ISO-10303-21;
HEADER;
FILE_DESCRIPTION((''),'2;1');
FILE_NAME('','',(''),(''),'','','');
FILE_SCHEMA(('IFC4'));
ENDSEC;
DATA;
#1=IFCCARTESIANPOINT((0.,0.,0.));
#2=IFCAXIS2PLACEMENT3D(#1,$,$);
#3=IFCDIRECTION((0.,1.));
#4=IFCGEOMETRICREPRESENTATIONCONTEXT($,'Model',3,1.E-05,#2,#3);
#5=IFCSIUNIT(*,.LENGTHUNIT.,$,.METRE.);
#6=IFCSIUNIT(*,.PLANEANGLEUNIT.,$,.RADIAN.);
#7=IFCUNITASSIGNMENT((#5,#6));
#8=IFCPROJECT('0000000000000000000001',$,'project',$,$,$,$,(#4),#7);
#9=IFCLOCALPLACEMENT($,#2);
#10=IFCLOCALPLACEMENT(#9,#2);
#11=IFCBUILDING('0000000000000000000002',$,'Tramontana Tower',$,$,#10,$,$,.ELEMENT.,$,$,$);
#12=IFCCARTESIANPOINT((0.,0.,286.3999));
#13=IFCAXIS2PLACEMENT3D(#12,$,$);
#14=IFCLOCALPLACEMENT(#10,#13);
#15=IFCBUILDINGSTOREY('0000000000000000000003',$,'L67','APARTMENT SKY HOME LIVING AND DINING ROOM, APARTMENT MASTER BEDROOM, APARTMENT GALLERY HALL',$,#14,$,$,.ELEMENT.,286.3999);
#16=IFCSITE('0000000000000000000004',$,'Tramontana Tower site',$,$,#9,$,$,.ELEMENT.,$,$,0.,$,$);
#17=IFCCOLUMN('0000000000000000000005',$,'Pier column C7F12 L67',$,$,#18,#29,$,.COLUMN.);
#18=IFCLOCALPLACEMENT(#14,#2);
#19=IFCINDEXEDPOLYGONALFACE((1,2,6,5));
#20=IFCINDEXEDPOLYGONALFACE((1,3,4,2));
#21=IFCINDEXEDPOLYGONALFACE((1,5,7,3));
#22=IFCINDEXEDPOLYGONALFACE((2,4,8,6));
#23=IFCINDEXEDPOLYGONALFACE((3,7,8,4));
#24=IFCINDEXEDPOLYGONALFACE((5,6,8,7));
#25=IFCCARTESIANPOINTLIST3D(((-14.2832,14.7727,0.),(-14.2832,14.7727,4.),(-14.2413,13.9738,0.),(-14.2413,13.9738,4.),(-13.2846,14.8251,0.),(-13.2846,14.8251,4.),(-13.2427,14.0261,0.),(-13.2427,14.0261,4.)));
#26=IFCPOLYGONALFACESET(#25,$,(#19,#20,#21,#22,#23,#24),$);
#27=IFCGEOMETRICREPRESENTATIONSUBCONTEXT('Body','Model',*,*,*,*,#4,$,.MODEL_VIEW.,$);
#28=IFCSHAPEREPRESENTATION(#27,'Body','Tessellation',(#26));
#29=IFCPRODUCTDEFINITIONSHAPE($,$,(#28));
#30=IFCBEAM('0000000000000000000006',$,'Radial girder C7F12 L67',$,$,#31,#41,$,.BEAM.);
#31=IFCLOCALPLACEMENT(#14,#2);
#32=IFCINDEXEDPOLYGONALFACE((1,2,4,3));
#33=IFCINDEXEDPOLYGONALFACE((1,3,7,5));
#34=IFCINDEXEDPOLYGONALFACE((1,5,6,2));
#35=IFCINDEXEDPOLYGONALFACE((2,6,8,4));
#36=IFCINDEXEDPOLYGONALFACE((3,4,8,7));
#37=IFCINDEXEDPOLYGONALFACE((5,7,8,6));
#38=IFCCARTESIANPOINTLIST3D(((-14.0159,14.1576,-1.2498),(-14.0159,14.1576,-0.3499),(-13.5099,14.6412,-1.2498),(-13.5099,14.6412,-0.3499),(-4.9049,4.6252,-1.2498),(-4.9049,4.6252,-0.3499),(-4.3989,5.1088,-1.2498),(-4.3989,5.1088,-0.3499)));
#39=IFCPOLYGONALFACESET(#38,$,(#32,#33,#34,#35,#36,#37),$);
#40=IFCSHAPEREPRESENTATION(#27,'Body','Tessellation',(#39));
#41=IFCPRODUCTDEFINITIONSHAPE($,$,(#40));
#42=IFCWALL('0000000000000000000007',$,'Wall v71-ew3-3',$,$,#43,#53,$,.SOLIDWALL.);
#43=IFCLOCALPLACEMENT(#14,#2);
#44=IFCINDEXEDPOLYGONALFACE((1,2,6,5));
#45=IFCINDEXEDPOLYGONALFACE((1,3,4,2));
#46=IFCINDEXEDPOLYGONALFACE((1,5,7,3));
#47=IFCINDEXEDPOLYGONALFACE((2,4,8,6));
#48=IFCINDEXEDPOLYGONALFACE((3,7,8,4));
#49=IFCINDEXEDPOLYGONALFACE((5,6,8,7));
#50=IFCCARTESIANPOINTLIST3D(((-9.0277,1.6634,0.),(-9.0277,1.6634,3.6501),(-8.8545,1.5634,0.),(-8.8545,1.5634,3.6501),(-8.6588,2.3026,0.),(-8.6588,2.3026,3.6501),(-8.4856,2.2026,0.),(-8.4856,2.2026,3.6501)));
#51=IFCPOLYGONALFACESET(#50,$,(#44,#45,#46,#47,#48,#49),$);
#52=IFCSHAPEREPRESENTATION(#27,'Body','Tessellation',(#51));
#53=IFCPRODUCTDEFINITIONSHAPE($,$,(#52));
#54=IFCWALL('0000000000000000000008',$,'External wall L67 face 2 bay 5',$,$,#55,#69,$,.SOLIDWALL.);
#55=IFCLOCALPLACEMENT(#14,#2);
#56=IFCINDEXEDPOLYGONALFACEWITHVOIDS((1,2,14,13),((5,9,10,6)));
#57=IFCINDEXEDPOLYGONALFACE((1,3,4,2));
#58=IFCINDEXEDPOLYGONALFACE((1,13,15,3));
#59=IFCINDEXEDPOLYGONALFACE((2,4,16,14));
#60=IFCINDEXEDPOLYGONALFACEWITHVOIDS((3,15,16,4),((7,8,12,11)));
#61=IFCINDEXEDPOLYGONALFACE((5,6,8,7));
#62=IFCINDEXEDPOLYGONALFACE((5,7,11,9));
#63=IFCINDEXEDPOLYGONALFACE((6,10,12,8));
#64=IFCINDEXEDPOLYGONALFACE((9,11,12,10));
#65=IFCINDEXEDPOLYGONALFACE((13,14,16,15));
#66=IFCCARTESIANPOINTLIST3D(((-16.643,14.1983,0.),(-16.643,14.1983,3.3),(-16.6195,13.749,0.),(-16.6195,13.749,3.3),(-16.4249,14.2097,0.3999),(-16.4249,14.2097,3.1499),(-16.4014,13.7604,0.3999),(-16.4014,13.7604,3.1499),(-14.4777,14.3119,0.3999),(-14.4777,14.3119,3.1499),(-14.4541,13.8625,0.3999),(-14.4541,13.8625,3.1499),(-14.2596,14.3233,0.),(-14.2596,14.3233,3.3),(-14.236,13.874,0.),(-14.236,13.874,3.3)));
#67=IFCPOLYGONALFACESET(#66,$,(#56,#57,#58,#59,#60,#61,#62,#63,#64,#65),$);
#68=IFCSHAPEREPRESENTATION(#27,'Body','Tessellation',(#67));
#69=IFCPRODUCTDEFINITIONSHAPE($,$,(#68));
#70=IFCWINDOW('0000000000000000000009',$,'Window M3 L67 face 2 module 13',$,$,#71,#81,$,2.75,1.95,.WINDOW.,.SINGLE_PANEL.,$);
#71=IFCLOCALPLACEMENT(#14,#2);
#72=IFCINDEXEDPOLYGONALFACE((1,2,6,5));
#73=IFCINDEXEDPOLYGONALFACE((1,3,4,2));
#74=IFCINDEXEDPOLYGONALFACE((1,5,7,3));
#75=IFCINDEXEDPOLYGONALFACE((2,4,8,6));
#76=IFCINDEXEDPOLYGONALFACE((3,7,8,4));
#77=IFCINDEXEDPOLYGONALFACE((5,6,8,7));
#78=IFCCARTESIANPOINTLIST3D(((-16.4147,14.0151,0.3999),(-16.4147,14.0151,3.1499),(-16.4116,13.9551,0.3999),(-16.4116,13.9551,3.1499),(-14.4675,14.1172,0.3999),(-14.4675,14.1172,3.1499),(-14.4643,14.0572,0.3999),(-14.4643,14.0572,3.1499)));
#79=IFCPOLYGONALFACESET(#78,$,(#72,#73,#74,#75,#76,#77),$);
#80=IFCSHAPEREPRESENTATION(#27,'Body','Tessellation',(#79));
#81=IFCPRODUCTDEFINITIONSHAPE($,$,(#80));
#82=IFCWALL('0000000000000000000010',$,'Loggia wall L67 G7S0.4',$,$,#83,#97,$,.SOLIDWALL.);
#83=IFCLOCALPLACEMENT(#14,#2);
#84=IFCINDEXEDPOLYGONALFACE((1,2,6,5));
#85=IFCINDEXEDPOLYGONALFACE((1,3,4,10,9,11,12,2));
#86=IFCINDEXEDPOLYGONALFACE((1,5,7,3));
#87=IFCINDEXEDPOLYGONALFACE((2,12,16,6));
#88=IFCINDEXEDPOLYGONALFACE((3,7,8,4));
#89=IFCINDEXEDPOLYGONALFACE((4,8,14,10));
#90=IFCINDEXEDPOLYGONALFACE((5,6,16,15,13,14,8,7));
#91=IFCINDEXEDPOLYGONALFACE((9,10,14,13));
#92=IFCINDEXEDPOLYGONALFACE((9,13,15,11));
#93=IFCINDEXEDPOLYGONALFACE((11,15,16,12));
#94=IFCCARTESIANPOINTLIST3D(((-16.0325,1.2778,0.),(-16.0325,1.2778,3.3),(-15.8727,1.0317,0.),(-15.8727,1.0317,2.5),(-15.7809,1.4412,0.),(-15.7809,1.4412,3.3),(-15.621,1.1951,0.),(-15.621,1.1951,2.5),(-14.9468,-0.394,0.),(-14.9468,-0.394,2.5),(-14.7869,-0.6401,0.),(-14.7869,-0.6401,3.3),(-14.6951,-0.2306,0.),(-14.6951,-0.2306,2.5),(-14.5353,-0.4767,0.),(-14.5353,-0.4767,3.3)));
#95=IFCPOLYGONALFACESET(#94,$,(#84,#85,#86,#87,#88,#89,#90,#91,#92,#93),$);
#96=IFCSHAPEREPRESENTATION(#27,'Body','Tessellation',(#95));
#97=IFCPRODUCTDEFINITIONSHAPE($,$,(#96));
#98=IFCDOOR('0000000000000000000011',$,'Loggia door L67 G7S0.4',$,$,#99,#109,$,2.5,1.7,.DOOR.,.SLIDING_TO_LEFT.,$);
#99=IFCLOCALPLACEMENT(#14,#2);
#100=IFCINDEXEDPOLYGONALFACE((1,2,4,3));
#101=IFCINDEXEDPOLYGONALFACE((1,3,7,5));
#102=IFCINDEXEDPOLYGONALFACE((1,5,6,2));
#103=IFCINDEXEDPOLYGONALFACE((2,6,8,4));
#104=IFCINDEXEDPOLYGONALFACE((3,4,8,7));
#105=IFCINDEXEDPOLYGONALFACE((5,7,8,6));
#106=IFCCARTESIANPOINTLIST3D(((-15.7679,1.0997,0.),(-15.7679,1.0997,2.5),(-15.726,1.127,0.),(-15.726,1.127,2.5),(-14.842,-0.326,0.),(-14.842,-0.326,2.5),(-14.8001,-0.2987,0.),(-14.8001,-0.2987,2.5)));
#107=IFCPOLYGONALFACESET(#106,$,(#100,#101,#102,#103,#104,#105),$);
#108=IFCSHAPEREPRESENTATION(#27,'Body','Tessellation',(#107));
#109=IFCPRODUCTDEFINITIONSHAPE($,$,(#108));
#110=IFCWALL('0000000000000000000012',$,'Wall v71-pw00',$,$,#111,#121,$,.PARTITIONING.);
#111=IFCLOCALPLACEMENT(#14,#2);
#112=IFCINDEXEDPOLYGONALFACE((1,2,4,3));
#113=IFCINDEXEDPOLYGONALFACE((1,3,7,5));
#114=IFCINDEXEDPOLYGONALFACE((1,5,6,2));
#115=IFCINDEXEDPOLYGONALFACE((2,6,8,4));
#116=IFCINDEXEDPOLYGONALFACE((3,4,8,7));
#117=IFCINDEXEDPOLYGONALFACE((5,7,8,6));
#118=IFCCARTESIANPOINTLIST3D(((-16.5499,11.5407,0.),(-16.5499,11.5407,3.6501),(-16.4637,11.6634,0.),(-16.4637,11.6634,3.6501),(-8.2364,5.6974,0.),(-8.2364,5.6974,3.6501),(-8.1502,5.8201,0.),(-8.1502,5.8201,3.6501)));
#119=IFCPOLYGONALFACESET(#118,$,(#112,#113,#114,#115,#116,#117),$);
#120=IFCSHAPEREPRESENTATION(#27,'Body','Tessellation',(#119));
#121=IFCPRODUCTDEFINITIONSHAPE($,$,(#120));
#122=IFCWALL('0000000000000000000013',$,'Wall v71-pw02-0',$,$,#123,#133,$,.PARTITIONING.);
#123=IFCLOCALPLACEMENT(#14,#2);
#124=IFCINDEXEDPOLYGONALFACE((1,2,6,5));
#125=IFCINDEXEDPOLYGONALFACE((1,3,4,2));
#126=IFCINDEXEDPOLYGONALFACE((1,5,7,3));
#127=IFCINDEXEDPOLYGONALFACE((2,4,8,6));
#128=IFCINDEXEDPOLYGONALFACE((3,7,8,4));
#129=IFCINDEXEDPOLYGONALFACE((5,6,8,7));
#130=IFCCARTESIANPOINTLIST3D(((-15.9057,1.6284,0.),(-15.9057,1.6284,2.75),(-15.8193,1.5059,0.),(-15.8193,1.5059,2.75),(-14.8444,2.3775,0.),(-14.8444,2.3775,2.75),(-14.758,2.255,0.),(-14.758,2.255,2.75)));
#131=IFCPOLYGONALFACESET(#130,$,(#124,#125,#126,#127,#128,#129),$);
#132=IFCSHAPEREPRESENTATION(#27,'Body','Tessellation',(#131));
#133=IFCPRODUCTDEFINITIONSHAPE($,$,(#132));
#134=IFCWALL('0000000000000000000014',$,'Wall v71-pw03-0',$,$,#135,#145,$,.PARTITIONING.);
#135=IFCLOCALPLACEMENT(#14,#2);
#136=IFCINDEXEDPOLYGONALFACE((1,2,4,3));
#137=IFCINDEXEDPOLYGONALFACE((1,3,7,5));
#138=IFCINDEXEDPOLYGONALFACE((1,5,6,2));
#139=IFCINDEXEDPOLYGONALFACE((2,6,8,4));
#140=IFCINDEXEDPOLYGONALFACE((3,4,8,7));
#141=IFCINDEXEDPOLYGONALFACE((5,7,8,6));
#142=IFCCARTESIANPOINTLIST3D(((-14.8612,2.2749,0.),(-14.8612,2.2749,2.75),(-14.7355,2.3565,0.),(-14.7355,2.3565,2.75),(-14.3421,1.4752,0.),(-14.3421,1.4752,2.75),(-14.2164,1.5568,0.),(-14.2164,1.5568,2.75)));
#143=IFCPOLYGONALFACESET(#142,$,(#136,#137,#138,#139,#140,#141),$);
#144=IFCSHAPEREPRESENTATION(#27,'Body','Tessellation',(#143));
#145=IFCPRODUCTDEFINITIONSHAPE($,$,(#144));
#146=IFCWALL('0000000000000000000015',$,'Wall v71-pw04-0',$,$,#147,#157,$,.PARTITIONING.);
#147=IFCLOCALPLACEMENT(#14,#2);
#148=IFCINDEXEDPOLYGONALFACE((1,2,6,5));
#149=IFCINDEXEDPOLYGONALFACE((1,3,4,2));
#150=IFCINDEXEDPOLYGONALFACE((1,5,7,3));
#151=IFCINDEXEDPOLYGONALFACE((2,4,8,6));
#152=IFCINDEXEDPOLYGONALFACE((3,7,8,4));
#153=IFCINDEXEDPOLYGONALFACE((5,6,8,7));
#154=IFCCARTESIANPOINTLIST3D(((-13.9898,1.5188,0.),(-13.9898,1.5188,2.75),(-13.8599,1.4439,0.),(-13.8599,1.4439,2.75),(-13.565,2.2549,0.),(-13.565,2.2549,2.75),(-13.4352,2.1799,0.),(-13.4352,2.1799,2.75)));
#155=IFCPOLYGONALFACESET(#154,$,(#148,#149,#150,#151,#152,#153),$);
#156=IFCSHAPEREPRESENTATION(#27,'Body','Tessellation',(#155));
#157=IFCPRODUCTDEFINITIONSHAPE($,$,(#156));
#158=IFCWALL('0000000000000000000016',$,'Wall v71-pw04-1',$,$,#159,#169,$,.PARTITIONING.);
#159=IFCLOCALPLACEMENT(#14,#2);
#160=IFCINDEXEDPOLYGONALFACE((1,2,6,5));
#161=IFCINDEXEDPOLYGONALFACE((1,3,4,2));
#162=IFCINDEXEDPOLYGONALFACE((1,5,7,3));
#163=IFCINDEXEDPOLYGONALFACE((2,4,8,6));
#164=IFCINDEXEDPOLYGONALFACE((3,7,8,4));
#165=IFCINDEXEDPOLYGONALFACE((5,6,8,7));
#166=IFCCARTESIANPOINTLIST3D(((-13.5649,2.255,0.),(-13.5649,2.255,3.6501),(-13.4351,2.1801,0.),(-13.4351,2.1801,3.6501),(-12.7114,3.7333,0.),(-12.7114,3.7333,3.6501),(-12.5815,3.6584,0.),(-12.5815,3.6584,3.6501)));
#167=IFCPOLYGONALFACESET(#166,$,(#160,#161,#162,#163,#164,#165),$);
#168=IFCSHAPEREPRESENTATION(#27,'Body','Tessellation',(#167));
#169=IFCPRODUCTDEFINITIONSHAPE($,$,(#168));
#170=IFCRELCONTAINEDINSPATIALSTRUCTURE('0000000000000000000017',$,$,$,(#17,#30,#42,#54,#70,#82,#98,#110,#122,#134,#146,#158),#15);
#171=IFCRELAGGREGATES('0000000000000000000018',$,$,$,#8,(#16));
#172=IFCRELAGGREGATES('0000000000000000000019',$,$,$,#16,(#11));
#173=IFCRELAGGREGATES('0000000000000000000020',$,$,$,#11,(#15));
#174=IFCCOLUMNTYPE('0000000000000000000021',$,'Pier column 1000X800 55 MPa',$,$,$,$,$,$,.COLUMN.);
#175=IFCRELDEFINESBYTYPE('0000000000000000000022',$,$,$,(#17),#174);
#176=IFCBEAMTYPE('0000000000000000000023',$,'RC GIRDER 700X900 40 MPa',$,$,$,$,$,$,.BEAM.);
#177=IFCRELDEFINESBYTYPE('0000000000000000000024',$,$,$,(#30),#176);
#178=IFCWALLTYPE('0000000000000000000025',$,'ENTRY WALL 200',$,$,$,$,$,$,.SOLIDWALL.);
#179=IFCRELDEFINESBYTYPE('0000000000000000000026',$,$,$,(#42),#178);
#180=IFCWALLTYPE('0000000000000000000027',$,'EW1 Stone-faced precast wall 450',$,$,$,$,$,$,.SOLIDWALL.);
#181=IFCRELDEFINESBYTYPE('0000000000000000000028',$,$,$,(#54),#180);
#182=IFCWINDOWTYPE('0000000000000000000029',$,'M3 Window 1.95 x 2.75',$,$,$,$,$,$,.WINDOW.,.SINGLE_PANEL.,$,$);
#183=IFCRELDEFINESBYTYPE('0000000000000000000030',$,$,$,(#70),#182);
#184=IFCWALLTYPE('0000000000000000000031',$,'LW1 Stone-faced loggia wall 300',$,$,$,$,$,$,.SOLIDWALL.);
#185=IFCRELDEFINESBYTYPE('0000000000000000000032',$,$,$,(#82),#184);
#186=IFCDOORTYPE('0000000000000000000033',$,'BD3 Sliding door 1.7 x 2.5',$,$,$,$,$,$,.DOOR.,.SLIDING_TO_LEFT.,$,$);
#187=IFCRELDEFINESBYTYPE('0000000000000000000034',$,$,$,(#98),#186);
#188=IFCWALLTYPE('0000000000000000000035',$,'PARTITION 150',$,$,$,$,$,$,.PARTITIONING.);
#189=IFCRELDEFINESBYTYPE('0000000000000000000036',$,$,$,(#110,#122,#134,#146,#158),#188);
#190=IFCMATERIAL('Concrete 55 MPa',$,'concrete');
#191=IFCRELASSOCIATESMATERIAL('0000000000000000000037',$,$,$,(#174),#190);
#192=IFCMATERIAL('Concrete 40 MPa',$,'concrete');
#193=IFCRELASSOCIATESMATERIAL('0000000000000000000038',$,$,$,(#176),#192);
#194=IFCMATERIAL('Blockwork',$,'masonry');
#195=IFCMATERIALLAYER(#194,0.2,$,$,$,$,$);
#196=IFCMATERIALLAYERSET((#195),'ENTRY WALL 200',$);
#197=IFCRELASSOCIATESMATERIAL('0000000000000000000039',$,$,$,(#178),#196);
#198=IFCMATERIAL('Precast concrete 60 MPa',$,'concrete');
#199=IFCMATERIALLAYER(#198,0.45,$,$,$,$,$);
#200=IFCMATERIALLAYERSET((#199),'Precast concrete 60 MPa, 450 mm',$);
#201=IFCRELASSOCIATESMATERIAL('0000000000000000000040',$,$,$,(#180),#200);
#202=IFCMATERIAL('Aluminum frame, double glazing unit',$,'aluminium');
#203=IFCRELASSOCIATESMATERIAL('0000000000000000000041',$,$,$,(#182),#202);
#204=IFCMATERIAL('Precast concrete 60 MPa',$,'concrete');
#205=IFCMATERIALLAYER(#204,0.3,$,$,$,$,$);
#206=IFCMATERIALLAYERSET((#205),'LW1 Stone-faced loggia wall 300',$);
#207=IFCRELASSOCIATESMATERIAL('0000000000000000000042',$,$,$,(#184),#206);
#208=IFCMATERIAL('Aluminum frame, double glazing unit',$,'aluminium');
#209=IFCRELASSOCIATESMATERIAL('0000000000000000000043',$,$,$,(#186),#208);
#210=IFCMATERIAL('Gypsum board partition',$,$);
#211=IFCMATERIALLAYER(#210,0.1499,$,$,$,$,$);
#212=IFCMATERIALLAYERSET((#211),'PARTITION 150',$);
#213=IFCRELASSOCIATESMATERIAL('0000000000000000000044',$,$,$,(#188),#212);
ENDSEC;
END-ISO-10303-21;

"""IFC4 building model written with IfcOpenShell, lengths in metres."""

from ifc_helpers import new_model, si_unit, direction, frame, frame_2d, origin, origin_2d, place, context, subcontext, project, spatial, rectangle, extrude, material, layer, layer_set, material_profile, profile_set, type_object, element, fill, save


model = new_model("IFC4")

# Units and contexts
model_context = context("Model", 3, precision=1e-05, world=origin(), true_north=direction((0.0, 1.0)))
body_context = subcontext(model_context, "Body", "Model", "MODEL_VIEW")
ifc_project = project(units=[si_unit("LENGTHUNIT", "METRE"), si_unit("PLANEANGLEUNIT", "RADIAN")], contexts=[model_context])

# Site, building, storey
site_placement = place(None, origin())
site = spatial("IfcSite", under=ifc_project, at=site_placement, Name="Tramontana Tower site", CompositionType="ELEMENT", RefElevation=0.0)
building_placement = place(site_placement, origin())
building = spatial("IfcBuilding", under=site, at=building_placement, Name="Tramontana Tower", CompositionType="ELEMENT")
storey_placement = place(building_placement, frame((0.0, 0.0, 286.3999)))
storey = spatial("IfcBuildingStorey", under=building, at=storey_placement, Name="L67", Description="APARTMENT SKY HOME LIVING AND DINING ROOM, APARTMENT MASTER BEDROOM, APARTMENT GALLERY HALL", CompositionType="ELEMENT", Elevation=286.3999)

# Column
ifc_material_1 = material(Name="Concrete 55 MPa", Category="concrete")
ifc_material_profile_1 = material_profile(ifc_material_1, rectangle(XDim=1.0, YDim=0.8, at=origin_2d()), Name="Pier column 1000X800 55 MPa")
ifc_profile_set_1 = profile_set([ifc_material_profile_1], Name="Concrete 55 MPa")
column_type = type_object("IfcColumnType", Name="Pier column 1000X800 55 MPa", PredefinedType="COLUMN", material=ifc_profile_set_1)
column_placement = place(storey_placement, frame((-13.7629, 14.3994, 0.0), z_axis=(0.0, 0.0, 1.0), x_axis=(-0.99863, -0.052336, 0.0)))
element("IfcColumn", 1, at=column_placement, inside=storey, type_object=column_type, Name="Pier column C7F12 L67", PredefinedType="COLUMN", context=body_context, shape_type="SweptSolid", body=[
    extrude(rectangle(XDim=1.0, YDim=0.8, at=origin_2d()), origin(), (0.0, 0.0, 1.0), 4.0),
])

# Beam
ifc_material_2 = material(Name="Concrete 40 MPa", Category="concrete")
ifc_material_profile_2 = material_profile(ifc_material_2, rectangle(XDim=0.7, YDim=0.8999, at=origin_2d()), Name="RC GIRDER 700X900 40 MPa")
ifc_profile_set_2 = profile_set([ifc_material_profile_2], Name="Concrete 40 MPa")
beam_type = type_object("IfcBeamType", Name="RC GIRDER 700X900 40 MPa", PredefinedType="BEAM", material=ifc_profile_set_2)
beam_placement = place(storey_placement, frame((-13.7629, 14.3994, -0.7998), z_axis=(0.690948, -0.722904, 0.0), x_axis=(0.722904, 0.690948, 0.0)))
element("IfcBeam", 2, at=beam_placement, inside=storey, type_object=beam_type, Name="Radial girder C7F12 L67", PredefinedType="BEAM", context=body_context, shape_type="SweptSolid", body=[
    extrude(rectangle(XDim=0.7, YDim=0.8999, at=origin_2d()), origin(), (0.0, 0.0, 1.0), 13.1863),
])

# Wall
ifc_material_3 = material(Name="Blockwork", Category="masonry")
ifc_layer_1 = layer(ifc_material_3, 0.2)
ifc_layer_set_1 = layer_set([ifc_layer_1], Name="ENTRY WALL 200")
wall_type_1 = type_object("IfcWallType", Name="ENTRY WALL 200", PredefinedType="SOLIDWALL", material=ifc_layer_set_1)
wall_1_placement = place(storey_placement, frame((-8.9412, 1.6133, 0.0), z_axis=(0.0, 0.0, 1.0), x_axis=(0.499875, 0.866097, 0.0)))
element("IfcWall", 3, at=wall_1_placement, inside=storey, type_object=wall_type_1, Name="Wall v71-ew3-3", PredefinedType="SOLIDWALL", context=body_context, shape_type="SweptSolid", body=[
    extrude(rectangle(XDim=0.738, YDim=0.2, at=frame_2d((0.3691, 0.0))), origin(), (0.0, 0.0, 1.0), 3.6501),
])

# Wall, opening, window
ifc_material_4 = material(Name="Precast concrete 60 MPa", Category="concrete")
ifc_layer_2 = layer(ifc_material_4, 0.45)
ifc_layer_set_2 = layer_set([ifc_layer_2], Name="Precast concrete 60 MPa, 450 mm")
wall_type_2 = type_object("IfcWallType", Name="EW1 Stone-faced precast wall 450", PredefinedType="SOLIDWALL", material=ifc_layer_set_2)
wall_2_placement = place(storey_placement, frame((-14.2478, 14.0986, 0.0), z_axis=(0.0, 0.0, 1.0), x_axis=(-0.998628, -0.052371, 0.0)))
wall_2 = element("IfcWall", 4, at=wall_2_placement, inside=storey, type_object=wall_type_2, Name="External wall L67 face 2 bay 5", PredefinedType="SOLIDWALL", context=body_context, shape_type="SweptSolid", body=[
    extrude(rectangle(XDim=2.3867, YDim=0.45, at=frame_2d((1.1934, 0.0))), origin(), (0.0, 0.0, 1.0), 3.3),
])
opening_1_placement = place(wall_2_placement, frame((0.2183, 0.0, 0.3999)))
opening_1 = element("IfcOpeningElement", 5, at=opening_1_placement, cuts=wall_2, PredefinedType="OPENING", context=body_context, shape_type="SweptSolid", body=[
    extrude(rectangle(XDim=1.95, YDim=2.75, at=frame_2d((0.9751, 1.375))), frame((0.0, 0.2349, 0.0), z_axis=(0.0, -1.0, 0.0), x_axis=(1.0, 0.0, 0.0)), (0.0, 0.0, 1.0), 0.47),
])
ifc_material_5 = material(Name="Aluminum frame, double glazing unit", Category="aluminium")
window_type = type_object("IfcWindowType", Name="M3 Window 1.95 x 2.75", PartitioningType="SINGLE_PANEL", PredefinedType="WINDOW", material=ifc_material_5)
window_placement = place(opening_1_placement, origin())
window = element("IfcWindow", 6, at=window_placement, inside=storey, type_object=window_type, Name="Window M3 L67 face 2 module 13", OverallHeight=2.75, OverallWidth=1.95, PartitioningType="SINGLE_PANEL", PredefinedType="WINDOW", context=body_context, shape_type="SweptSolid", body=[
    extrude(rectangle(XDim=1.95, YDim=2.75, at=frame_2d((0.9751, 1.375))), frame((0.0, 0.03, 0.0), z_axis=(0.0, -1.0, 0.0), x_axis=(1.0, 0.0, 0.0)), (0.0, 0.0, 1.0), 0.0601),
])
fill(opening_1, window)

# Wall, opening, door
ifc_material_6 = material(Name="Precast concrete 60 MPa", Category="concrete")
ifc_layer_3 = layer(ifc_material_6, 0.3)
ifc_layer_set_3 = layer_set([ifc_layer_3], Name="LW1 Stone-faced loggia wall 300")
wall_type_3 = type_object("IfcWallType", Name="LW1 Stone-faced loggia wall 300", PredefinedType="SOLIDWALL", material=ifc_layer_set_3)
wall_3_placement = place(storey_placement, frame((-15.9067, 1.3596, 0.0), z_axis=(0.0, 0.0, 1.0), x_axis=(0.544658, -0.838658, 0.0)))
wall_3 = element("IfcWall", 7, at=wall_3_placement, inside=storey, type_object=wall_type_3, Name="Loggia wall L67 G7S0.4", PredefinedType="SOLIDWALL", context=body_context, shape_type="SweptSolid", body=[
    extrude(rectangle(XDim=2.2869, YDim=0.3, at=frame_2d((1.1436, 0.0))), origin(), (0.0, 0.0, 1.0), 3.3),
])
opening_2_placement = place(wall_3_placement, frame((0.2935, 0.0, 0.0)))
opening_2 = element("IfcOpeningElement", 8, at=opening_2_placement, cuts=wall_3, PredefinedType="OPENING", context=body_context, shape_type="SweptSolid", body=[
    extrude(rectangle(XDim=1.7, YDim=2.5, at=frame_2d((0.8501, 1.25))), frame((0.0, 0.1599, 0.0), z_axis=(0.0, -1.0, 0.0), x_axis=(1.0, 0.0, 0.0)), (0.0, 0.0, 1.0), 0.3201),
])
ifc_material_7 = material(Name="Aluminum frame, double glazing unit", Category="aluminium")
door_type_1 = type_object("IfcDoorType", Name="BD3 Sliding door 1.7 x 2.5", OperationType="SLIDING_TO_LEFT", PredefinedType="DOOR", material=ifc_material_7)
door_1_placement = place(opening_2_placement, origin())
door_1 = element("IfcDoor", 9, at=door_1_placement, inside=storey, type_object=door_type_1, Name="Loggia door L67 G7S0.4", OperationType="SLIDING_TO_LEFT", OverallHeight=2.5, OverallWidth=1.7, PredefinedType="DOOR", context=body_context, shape_type="SweptSolid", body=[
    extrude(rectangle(XDim=1.7, YDim=2.5, at=frame_2d((0.8501, 1.25))), frame((0.0, 0.0249, 0.0), z_axis=(0.0, -1.0, 0.0), x_axis=(1.0, 0.0, 0.0)), (0.0, 0.0, 1.0), 0.05),
])
fill(opening_2, door_1)

# Walls
ifc_material_8 = material(Name="Gypsum board partition")
ifc_layer_4 = layer(ifc_material_8, 0.1499)
ifc_layer_set_4 = layer_set([ifc_layer_4], Name="PARTITION 150")
wall_type_4 = type_object("IfcWallType", Name="PARTITION 150", PredefinedType="PARTITIONING", material=ifc_layer_set_4)
wall_4_placement = place(storey_placement, frame((-16.5068, 11.6021, 0.0), z_axis=(0.0, 0.0, 1.0), x_axis=(0.818129, -0.575035, 0.0)))
element("IfcWall", 10, at=wall_4_placement, inside=storey, type_object=wall_type_4, Name="Wall v71-pw00", PredefinedType="PARTITIONING", context=body_context, shape_type="SweptSolid", body=[
    extrude(rectangle(XDim=10.1616, YDim=0.1499, at=frame_2d((5.0808, 0.0))), origin(), (0.0, 0.0, 1.0), 3.6501),
])
wall_5_placement = place(storey_placement, frame((-14.8013, 2.3162, 0.0), z_axis=(0.0, 0.0, 1.0), x_axis=(-0.81701, -0.576624, 0.0)))
element("IfcWall", 11, at=wall_5_placement, inside=storey, type_object=wall_type_4, Name="Wall v71-pw02-0", PredefinedType="PARTITIONING", context=body_context, shape_type="SweptSolid", body=[
    extrude(rectangle(XDim=1.2991, YDim=0.1499, at=frame_2d((0.6494, 0.0))), origin(), (0.0, 0.0, 1.0), 2.75),
])
wall_6_placement = place(storey_placement, frame((-14.2793, 1.5161, 0.0), z_axis=(0.0, 0.0, 1.0), x_axis=(-0.544493, 0.838765, 0.0)))
element("IfcWall", 12, at=wall_6_placement, inside=storey, type_object=wall_type_4, Name="Wall v71-pw03-0", PredefinedType="PARTITIONING", context=body_context, shape_type="SweptSolid", body=[
    extrude(rectangle(XDim=0.9534, YDim=0.1499, at=frame_2d((0.4766, 0.0))), origin(), (0.0, 0.0, 1.0), 2.75),
])
wall_7_placement = place(storey_placement, frame((-13.9248, 1.4814, 0.0), z_axis=(0.0, 0.0, 1.0), x_axis=(0.499847, 0.866114, 0.0)))
element("IfcWall", 13, at=wall_7_placement, inside=storey, type_object=wall_type_4, Name="Wall v71-pw04-0", PredefinedType="PARTITIONING", context=body_context, shape_type="SweptSolid", body=[
    extrude(rectangle(XDim=0.8499, YDim=0.1499, at=frame_2d((0.4248, 0.0))), origin(), (0.0, 0.0, 1.0), 2.75),
])
wall_8_placement = place(storey_placement, frame((-13.5, 2.2175, 0.0), z_axis=(0.0, 0.0, 1.0), x_axis=(0.500015, 0.866016, 0.0)))
element("IfcWall", 14, at=wall_8_placement, inside=storey, type_object=wall_type_4, Name="Wall v71-pw04-1", PredefinedType="PARTITIONING", context=body_context, shape_type="SweptSolid", body=[
    extrude(rectangle(XDim=1.707, YDim=0.1499, at=frame_2d((0.8535, 0.0))), origin(), (0.0, 0.0, 1.0), 3.6501),
])

save(model, "model.ifc")
